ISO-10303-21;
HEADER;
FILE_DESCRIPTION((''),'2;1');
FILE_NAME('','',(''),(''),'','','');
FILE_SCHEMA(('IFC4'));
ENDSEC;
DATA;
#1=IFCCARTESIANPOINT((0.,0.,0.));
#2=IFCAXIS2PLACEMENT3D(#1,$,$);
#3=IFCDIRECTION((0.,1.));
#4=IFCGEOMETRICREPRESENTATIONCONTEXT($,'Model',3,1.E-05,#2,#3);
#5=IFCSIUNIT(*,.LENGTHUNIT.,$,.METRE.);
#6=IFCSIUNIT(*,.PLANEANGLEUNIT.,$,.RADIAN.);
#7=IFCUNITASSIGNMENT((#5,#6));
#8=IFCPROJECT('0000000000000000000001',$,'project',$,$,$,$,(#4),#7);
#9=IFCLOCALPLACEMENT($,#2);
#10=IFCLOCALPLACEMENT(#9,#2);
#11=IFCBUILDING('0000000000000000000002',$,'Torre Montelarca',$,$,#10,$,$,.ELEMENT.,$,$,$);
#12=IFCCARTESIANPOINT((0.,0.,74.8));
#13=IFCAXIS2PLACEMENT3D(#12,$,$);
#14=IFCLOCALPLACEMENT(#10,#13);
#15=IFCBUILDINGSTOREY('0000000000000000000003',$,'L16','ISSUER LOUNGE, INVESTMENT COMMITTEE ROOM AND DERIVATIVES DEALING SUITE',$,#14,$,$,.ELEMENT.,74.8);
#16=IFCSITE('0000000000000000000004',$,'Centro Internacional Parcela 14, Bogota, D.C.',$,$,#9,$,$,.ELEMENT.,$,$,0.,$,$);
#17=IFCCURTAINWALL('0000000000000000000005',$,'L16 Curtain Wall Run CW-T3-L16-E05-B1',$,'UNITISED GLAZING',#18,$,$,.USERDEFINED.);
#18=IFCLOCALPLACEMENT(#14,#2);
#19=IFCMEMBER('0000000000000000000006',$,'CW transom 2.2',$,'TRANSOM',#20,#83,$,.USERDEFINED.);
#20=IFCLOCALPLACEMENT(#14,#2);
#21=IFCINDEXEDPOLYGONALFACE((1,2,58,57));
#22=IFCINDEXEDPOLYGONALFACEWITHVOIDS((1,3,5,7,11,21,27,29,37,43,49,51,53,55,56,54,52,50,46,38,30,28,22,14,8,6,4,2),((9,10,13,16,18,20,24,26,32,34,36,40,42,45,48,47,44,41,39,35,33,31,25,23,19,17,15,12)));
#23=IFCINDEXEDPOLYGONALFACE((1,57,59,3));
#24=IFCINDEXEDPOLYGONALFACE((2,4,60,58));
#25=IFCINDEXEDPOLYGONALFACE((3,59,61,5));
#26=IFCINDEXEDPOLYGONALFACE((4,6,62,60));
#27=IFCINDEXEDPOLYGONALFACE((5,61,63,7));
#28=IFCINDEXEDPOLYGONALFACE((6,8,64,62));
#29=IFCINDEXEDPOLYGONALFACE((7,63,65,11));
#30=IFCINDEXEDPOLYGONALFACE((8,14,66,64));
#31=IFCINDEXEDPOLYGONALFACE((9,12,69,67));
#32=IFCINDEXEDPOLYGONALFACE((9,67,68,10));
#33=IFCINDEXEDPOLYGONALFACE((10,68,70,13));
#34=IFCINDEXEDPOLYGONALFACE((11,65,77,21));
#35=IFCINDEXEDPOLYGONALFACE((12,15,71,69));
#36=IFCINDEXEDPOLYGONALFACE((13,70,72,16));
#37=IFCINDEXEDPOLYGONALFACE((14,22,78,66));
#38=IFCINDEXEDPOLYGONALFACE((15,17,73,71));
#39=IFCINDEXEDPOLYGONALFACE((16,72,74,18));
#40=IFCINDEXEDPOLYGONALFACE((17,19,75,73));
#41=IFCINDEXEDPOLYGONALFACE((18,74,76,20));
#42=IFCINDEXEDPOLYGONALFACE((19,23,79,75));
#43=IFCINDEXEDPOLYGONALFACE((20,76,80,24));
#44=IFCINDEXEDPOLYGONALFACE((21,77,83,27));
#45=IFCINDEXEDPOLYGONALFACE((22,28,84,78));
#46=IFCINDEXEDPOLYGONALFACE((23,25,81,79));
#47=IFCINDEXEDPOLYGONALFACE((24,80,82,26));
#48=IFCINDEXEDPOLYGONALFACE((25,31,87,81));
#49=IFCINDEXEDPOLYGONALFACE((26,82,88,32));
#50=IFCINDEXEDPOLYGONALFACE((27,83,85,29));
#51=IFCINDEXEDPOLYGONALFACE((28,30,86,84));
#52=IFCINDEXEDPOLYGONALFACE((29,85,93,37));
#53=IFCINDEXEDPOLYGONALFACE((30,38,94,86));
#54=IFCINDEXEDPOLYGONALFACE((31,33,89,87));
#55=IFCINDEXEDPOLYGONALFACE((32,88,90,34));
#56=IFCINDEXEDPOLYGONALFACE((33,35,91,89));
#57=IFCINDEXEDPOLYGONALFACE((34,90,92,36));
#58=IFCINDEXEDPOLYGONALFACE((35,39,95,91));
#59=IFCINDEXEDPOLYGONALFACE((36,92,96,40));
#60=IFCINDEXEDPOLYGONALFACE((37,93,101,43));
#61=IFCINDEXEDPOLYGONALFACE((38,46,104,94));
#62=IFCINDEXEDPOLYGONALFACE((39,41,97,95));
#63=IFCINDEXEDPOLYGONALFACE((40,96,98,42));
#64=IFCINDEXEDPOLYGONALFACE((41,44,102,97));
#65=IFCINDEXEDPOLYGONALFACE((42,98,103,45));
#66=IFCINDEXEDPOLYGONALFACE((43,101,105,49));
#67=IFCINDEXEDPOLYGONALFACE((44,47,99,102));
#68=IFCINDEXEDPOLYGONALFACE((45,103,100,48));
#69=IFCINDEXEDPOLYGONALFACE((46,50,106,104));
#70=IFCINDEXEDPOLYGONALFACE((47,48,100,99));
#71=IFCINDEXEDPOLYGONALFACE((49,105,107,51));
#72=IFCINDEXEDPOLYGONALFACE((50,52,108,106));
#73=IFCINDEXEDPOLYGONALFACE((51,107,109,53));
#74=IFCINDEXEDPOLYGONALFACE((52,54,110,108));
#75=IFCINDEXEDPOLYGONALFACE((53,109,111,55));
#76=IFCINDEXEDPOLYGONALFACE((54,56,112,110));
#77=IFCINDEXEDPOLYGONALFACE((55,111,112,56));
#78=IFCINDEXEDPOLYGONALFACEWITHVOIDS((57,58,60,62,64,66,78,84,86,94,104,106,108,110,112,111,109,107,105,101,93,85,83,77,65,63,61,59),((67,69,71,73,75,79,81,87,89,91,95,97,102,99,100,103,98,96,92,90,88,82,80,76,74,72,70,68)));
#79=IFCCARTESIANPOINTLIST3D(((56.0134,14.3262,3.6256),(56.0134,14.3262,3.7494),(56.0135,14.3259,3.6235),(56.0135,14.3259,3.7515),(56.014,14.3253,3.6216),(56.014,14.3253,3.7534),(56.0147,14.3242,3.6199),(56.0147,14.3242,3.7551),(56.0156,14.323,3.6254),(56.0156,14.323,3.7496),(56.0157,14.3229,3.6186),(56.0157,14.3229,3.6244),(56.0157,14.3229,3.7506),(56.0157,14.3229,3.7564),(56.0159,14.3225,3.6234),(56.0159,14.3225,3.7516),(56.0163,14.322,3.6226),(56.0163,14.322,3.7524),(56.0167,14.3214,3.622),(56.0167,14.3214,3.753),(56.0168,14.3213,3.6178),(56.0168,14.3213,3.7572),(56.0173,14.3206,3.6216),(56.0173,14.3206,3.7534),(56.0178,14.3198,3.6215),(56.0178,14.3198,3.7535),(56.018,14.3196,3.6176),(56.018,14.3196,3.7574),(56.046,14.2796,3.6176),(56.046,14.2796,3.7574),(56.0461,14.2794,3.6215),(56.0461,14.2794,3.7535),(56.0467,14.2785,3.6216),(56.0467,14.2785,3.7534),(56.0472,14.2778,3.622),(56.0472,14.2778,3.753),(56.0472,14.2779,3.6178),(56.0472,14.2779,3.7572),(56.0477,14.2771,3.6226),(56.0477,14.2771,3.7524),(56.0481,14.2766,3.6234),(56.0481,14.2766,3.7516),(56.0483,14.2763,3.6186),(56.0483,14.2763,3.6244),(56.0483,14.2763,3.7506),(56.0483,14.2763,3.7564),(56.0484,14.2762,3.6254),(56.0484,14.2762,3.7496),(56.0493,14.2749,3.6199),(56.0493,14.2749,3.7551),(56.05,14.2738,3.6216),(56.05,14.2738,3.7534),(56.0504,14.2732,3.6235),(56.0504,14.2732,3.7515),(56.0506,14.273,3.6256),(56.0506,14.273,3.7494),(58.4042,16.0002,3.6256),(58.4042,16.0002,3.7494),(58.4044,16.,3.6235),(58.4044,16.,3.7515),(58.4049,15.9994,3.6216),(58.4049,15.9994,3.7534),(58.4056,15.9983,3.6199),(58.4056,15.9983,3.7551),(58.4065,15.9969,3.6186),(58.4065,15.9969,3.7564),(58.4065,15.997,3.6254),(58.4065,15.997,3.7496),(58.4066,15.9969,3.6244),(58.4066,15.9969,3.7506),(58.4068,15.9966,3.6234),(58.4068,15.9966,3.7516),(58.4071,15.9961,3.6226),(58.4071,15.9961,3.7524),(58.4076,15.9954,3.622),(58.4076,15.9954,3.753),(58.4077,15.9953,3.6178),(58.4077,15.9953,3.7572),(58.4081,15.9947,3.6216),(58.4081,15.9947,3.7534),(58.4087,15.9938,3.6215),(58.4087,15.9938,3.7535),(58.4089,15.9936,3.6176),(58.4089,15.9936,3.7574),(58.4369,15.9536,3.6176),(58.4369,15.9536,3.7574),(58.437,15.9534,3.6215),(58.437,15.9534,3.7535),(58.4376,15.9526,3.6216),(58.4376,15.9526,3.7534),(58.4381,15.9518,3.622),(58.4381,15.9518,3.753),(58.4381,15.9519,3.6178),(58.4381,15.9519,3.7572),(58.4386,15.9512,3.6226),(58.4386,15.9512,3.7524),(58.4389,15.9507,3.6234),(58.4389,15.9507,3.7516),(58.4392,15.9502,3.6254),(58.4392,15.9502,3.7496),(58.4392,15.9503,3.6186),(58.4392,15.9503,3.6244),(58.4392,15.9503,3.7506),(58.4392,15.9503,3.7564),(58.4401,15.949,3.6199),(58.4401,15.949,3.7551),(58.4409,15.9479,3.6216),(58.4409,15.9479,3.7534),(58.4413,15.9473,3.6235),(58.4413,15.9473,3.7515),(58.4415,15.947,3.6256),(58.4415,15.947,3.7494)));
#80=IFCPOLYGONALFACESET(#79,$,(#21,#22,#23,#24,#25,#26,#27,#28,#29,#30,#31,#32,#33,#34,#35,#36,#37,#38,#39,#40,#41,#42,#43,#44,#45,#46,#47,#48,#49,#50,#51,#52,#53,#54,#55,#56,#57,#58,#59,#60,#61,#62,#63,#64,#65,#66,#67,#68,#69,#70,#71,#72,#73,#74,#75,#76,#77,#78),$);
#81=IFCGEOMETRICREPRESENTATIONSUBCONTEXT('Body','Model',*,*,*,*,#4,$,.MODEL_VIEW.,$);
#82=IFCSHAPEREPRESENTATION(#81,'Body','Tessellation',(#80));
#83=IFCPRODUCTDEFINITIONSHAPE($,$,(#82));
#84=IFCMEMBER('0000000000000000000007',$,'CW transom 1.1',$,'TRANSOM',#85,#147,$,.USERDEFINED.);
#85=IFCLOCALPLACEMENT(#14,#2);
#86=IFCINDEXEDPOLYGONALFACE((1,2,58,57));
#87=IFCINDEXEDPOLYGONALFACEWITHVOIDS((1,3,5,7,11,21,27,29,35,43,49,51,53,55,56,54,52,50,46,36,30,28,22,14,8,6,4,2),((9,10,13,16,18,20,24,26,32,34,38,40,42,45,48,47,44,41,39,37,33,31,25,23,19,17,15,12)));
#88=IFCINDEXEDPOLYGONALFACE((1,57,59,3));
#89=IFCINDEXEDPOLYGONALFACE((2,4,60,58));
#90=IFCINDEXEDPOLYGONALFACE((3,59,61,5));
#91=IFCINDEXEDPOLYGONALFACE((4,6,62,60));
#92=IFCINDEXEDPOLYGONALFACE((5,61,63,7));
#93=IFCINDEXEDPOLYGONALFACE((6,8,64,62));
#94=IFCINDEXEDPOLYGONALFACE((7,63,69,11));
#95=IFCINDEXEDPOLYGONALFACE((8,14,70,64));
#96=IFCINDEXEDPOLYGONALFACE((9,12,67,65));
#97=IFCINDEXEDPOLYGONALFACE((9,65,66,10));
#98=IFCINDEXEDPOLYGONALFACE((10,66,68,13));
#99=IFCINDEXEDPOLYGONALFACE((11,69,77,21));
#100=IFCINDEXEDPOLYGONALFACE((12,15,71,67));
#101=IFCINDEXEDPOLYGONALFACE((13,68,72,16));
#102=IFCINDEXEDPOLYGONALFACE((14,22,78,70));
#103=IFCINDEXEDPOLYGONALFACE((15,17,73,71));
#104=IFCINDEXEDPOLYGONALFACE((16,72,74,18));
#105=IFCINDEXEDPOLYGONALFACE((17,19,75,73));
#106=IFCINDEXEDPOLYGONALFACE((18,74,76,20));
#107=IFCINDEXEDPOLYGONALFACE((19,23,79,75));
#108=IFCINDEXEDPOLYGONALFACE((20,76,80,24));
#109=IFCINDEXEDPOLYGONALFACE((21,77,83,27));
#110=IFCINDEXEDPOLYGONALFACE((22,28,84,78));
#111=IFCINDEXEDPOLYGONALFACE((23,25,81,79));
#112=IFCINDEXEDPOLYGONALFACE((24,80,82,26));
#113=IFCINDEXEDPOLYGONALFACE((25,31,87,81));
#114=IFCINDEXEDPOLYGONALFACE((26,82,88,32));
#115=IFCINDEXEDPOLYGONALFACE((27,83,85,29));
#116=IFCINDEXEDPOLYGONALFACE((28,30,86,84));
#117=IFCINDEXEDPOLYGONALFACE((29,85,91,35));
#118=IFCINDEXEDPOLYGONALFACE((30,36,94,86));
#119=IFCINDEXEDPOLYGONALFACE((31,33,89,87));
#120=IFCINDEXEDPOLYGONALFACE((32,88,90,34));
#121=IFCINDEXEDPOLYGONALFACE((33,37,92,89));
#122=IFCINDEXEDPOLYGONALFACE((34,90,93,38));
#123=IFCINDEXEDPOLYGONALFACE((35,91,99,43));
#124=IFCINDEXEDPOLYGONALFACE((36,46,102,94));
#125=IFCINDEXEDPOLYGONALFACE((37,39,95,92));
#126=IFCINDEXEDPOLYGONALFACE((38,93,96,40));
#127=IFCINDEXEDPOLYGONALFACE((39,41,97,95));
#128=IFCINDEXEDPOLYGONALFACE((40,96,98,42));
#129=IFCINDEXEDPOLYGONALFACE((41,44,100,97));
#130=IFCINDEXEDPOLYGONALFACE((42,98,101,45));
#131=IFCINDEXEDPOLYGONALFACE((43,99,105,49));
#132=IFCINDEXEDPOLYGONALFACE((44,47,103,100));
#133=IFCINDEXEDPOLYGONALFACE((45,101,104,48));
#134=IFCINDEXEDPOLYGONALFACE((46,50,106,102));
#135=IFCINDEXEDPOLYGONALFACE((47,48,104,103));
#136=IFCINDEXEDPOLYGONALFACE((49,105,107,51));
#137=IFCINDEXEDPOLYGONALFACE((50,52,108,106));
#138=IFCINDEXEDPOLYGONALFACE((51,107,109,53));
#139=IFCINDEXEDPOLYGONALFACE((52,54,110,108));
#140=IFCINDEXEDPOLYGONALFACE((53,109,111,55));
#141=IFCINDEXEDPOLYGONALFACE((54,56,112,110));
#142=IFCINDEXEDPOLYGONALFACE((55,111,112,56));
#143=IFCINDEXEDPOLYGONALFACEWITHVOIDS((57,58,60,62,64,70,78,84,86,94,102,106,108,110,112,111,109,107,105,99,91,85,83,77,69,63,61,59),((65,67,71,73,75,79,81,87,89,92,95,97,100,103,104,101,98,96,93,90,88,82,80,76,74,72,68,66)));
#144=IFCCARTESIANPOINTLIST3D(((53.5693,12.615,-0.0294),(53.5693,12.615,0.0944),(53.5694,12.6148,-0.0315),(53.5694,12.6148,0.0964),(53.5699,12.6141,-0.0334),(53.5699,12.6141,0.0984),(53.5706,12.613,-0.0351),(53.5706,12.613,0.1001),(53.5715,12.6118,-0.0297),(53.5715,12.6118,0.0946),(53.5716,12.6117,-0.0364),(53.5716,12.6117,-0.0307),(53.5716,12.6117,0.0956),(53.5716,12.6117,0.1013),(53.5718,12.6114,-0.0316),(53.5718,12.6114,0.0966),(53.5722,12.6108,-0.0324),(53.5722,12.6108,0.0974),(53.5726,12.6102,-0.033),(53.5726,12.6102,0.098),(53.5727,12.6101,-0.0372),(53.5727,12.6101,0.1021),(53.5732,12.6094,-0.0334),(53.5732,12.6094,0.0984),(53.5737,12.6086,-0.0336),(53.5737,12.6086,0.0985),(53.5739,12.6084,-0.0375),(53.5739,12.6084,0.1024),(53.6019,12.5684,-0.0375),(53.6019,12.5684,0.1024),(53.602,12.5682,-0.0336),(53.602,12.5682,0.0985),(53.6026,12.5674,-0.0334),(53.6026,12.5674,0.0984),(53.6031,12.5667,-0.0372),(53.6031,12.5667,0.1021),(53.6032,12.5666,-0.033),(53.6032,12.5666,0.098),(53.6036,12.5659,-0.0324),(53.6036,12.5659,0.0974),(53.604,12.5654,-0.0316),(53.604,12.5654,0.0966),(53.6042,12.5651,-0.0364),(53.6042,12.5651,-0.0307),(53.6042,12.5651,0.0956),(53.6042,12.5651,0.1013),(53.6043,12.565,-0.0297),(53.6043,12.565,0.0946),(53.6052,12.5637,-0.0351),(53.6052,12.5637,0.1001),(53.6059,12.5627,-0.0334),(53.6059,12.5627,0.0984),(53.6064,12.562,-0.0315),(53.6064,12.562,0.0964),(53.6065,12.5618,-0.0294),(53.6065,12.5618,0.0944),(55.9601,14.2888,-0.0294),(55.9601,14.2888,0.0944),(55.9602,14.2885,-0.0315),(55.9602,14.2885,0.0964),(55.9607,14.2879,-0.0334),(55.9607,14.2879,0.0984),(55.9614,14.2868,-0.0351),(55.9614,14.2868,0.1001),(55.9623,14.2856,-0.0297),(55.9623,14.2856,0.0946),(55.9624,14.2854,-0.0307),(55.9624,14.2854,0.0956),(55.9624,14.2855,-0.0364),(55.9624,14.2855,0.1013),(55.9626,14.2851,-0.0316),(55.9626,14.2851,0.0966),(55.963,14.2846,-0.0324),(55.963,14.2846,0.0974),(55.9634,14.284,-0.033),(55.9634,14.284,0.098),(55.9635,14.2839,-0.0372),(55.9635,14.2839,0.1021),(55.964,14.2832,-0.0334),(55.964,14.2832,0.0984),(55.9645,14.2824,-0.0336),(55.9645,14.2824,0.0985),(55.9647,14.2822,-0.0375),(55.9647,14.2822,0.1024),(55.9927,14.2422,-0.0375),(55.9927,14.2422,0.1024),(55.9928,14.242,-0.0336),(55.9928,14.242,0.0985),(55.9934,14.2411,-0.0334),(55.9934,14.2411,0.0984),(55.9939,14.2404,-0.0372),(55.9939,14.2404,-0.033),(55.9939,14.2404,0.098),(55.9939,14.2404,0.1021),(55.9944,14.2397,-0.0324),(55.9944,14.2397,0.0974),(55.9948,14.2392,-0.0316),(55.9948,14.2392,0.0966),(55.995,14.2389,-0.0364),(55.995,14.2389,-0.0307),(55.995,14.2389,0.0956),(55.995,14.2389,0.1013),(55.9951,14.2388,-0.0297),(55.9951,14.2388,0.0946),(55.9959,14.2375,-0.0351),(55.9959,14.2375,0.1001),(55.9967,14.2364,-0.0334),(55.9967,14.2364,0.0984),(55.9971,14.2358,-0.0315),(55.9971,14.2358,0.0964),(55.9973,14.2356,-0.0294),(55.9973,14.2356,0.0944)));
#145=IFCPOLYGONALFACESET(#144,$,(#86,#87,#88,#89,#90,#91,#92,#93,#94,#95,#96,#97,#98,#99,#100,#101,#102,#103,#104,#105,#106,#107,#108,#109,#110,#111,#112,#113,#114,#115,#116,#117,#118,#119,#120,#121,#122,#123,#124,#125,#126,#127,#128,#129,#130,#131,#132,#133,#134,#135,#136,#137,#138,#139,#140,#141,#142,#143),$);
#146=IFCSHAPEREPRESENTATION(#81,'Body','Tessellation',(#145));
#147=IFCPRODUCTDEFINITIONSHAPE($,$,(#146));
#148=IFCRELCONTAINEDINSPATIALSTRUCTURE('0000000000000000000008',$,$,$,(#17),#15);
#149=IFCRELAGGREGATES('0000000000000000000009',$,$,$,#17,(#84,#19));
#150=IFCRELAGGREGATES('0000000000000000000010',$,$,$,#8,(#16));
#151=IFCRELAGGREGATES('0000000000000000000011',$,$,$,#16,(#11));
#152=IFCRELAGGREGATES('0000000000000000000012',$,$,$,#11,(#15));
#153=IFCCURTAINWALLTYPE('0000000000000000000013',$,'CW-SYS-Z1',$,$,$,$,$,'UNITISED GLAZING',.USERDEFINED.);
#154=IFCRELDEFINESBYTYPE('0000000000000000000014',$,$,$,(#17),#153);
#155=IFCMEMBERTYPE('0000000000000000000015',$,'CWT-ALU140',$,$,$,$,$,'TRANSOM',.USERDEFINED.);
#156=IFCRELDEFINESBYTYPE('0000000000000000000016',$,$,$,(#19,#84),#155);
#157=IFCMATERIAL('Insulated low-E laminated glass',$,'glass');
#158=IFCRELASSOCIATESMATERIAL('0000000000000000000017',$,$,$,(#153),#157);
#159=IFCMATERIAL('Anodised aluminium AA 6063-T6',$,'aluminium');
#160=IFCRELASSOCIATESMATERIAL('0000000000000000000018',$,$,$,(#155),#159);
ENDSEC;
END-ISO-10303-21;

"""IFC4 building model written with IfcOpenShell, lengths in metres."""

from ifc_helpers import new_model, si_unit, direction, frame, origin, origin_2d, place, context, subcontext, project, spatial, hollow_rectangle, extrude, source, transform, mapped, material, material_profile, profile_set, type_object, element, aggregate, save


model = new_model("IFC4")

# Units and contexts
model_context = context("Model", 3, precision=1e-05, world=origin(), true_north=direction((0.0, 1.0)))
body_context = subcontext(model_context, "Body", "Model", "MODEL_VIEW")
ifc_project = project(units=[si_unit("LENGTHUNIT", "METRE"), si_unit("PLANEANGLEUNIT", "RADIAN")], contexts=[model_context])

# Site, building, storey
site_placement = place(None, origin())
site = spatial("IfcSite", under=ifc_project, at=site_placement, Name="Centro Internacional Parcela 14, Bogota, D.C.", CompositionType="ELEMENT", RefElevation=0.0)
building_placement = place(site_placement, origin())
building = spatial("IfcBuilding", under=site, at=building_placement, Name="Torre Montelarca", CompositionType="ELEMENT")
storey_placement = place(building_placement, frame((0.0, 0.0, 74.8)))
storey = spatial("IfcBuildingStorey", under=building, at=storey_placement, Name="L16", Description="ISSUER LOUNGE, INVESTMENT COMMITTEE ROOM AND DERIVATIVES DEALING SUITE", CompositionType="ELEMENT", Elevation=74.8)

# Curtain wall, members
ifc_material_1 = material(Name="Insulated low-E laminated glass", Category="glass")
curtain_wall_type = type_object("IfcCurtainWallType", Name="CW-SYS-Z1", ElementType="UNITISED GLAZING", PredefinedType="USERDEFINED", material=ifc_material_1)
curtain_wall_1_placement = place(storey_placement, origin())
curtain_wall_1 = element("IfcCurtainWall", 1, at=curtain_wall_1_placement, inside=storey, type_object=curtain_wall_type, Name="L16 Curtain Wall Run CW-T3-L16-E05-B1", ObjectType="UNITISED GLAZING", PredefinedType="USERDEFINED")
ifc_material_2 = material(Name="Anodised aluminium AA 6063-T6", Category="aluminium")
ifc_material_profile_1 = material_profile(ifc_material_2, hollow_rectangle(XDim=0.0649, YDim=0.1399, WallThickness=0.0039, InnerFilletRadius=0.0039, OuterFilletRadius=0.0081, at=origin_2d()), Name="ALU65X140X4", Category="aluminium")
ifc_profile_set_1 = profile_set([ifc_material_profile_1], Name="Anodised aluminium AA 6063-T6")
member_type_1 = type_object("IfcMemberType", Name="CWT-ALU140", ElementType="TRANSOM", PredefinedType="USERDEFINED", material=ifc_profile_set_1)
shared_shape_1 = source(origin(), body_context, "Body", "SweptSolid", [
    extrude(hollow_rectangle(XDim=0.0649, YDim=0.1399, WallThickness=0.0039, InnerFilletRadius=0.0039, OuterFilletRadius=0.0081, at=origin_2d()), origin(), (0.0, 0.0, 1.0), 2.9187),
])
member_1_placement = place(storey_placement, frame((56.032, 14.2996, 3.6875), z_axis=(0.819157, 0.573569, 0.0), x_axis=(-0.573569, 0.819157, 0.0)))
member_1 = element("IfcMember", 2, at=member_1_placement, type_object=member_type_1, Name="CW transom 2.2", ObjectType="TRANSOM", PredefinedType="USERDEFINED", context=body_context, shape_type="MappedRepresentation", body=[
    mapped(shared_shape_1, transform((0.0, 0.0, 0.0), scale=1.0)),
])
shared_shape_2 = source(origin(), body_context, "Body", "SweptSolid", [
    extrude(hollow_rectangle(XDim=0.0649, YDim=0.1399, WallThickness=0.0039, InnerFilletRadius=0.0039, OuterFilletRadius=0.0081, at=origin_2d()), origin(), (0.0, 0.0, 1.0), 2.9185),
])
member_2_placement = place(storey_placement, frame((53.5879, 12.5884, 0.0325), z_axis=(0.819197, 0.573513, 0.0), x_axis=(-0.573513, 0.819197, 0.0)))
member_2 = element("IfcMember", 3, at=member_2_placement, type_object=member_type_1, Name="CW transom 1.1", ObjectType="TRANSOM", PredefinedType="USERDEFINED", context=body_context, shape_type="MappedRepresentation", body=[
    mapped(shared_shape_2, transform((0.0, 0.0, 0.0), scale=1.0)),
])

aggregate(curtain_wall_1, [member_2, member_1])

save(model, "model.ifc")
